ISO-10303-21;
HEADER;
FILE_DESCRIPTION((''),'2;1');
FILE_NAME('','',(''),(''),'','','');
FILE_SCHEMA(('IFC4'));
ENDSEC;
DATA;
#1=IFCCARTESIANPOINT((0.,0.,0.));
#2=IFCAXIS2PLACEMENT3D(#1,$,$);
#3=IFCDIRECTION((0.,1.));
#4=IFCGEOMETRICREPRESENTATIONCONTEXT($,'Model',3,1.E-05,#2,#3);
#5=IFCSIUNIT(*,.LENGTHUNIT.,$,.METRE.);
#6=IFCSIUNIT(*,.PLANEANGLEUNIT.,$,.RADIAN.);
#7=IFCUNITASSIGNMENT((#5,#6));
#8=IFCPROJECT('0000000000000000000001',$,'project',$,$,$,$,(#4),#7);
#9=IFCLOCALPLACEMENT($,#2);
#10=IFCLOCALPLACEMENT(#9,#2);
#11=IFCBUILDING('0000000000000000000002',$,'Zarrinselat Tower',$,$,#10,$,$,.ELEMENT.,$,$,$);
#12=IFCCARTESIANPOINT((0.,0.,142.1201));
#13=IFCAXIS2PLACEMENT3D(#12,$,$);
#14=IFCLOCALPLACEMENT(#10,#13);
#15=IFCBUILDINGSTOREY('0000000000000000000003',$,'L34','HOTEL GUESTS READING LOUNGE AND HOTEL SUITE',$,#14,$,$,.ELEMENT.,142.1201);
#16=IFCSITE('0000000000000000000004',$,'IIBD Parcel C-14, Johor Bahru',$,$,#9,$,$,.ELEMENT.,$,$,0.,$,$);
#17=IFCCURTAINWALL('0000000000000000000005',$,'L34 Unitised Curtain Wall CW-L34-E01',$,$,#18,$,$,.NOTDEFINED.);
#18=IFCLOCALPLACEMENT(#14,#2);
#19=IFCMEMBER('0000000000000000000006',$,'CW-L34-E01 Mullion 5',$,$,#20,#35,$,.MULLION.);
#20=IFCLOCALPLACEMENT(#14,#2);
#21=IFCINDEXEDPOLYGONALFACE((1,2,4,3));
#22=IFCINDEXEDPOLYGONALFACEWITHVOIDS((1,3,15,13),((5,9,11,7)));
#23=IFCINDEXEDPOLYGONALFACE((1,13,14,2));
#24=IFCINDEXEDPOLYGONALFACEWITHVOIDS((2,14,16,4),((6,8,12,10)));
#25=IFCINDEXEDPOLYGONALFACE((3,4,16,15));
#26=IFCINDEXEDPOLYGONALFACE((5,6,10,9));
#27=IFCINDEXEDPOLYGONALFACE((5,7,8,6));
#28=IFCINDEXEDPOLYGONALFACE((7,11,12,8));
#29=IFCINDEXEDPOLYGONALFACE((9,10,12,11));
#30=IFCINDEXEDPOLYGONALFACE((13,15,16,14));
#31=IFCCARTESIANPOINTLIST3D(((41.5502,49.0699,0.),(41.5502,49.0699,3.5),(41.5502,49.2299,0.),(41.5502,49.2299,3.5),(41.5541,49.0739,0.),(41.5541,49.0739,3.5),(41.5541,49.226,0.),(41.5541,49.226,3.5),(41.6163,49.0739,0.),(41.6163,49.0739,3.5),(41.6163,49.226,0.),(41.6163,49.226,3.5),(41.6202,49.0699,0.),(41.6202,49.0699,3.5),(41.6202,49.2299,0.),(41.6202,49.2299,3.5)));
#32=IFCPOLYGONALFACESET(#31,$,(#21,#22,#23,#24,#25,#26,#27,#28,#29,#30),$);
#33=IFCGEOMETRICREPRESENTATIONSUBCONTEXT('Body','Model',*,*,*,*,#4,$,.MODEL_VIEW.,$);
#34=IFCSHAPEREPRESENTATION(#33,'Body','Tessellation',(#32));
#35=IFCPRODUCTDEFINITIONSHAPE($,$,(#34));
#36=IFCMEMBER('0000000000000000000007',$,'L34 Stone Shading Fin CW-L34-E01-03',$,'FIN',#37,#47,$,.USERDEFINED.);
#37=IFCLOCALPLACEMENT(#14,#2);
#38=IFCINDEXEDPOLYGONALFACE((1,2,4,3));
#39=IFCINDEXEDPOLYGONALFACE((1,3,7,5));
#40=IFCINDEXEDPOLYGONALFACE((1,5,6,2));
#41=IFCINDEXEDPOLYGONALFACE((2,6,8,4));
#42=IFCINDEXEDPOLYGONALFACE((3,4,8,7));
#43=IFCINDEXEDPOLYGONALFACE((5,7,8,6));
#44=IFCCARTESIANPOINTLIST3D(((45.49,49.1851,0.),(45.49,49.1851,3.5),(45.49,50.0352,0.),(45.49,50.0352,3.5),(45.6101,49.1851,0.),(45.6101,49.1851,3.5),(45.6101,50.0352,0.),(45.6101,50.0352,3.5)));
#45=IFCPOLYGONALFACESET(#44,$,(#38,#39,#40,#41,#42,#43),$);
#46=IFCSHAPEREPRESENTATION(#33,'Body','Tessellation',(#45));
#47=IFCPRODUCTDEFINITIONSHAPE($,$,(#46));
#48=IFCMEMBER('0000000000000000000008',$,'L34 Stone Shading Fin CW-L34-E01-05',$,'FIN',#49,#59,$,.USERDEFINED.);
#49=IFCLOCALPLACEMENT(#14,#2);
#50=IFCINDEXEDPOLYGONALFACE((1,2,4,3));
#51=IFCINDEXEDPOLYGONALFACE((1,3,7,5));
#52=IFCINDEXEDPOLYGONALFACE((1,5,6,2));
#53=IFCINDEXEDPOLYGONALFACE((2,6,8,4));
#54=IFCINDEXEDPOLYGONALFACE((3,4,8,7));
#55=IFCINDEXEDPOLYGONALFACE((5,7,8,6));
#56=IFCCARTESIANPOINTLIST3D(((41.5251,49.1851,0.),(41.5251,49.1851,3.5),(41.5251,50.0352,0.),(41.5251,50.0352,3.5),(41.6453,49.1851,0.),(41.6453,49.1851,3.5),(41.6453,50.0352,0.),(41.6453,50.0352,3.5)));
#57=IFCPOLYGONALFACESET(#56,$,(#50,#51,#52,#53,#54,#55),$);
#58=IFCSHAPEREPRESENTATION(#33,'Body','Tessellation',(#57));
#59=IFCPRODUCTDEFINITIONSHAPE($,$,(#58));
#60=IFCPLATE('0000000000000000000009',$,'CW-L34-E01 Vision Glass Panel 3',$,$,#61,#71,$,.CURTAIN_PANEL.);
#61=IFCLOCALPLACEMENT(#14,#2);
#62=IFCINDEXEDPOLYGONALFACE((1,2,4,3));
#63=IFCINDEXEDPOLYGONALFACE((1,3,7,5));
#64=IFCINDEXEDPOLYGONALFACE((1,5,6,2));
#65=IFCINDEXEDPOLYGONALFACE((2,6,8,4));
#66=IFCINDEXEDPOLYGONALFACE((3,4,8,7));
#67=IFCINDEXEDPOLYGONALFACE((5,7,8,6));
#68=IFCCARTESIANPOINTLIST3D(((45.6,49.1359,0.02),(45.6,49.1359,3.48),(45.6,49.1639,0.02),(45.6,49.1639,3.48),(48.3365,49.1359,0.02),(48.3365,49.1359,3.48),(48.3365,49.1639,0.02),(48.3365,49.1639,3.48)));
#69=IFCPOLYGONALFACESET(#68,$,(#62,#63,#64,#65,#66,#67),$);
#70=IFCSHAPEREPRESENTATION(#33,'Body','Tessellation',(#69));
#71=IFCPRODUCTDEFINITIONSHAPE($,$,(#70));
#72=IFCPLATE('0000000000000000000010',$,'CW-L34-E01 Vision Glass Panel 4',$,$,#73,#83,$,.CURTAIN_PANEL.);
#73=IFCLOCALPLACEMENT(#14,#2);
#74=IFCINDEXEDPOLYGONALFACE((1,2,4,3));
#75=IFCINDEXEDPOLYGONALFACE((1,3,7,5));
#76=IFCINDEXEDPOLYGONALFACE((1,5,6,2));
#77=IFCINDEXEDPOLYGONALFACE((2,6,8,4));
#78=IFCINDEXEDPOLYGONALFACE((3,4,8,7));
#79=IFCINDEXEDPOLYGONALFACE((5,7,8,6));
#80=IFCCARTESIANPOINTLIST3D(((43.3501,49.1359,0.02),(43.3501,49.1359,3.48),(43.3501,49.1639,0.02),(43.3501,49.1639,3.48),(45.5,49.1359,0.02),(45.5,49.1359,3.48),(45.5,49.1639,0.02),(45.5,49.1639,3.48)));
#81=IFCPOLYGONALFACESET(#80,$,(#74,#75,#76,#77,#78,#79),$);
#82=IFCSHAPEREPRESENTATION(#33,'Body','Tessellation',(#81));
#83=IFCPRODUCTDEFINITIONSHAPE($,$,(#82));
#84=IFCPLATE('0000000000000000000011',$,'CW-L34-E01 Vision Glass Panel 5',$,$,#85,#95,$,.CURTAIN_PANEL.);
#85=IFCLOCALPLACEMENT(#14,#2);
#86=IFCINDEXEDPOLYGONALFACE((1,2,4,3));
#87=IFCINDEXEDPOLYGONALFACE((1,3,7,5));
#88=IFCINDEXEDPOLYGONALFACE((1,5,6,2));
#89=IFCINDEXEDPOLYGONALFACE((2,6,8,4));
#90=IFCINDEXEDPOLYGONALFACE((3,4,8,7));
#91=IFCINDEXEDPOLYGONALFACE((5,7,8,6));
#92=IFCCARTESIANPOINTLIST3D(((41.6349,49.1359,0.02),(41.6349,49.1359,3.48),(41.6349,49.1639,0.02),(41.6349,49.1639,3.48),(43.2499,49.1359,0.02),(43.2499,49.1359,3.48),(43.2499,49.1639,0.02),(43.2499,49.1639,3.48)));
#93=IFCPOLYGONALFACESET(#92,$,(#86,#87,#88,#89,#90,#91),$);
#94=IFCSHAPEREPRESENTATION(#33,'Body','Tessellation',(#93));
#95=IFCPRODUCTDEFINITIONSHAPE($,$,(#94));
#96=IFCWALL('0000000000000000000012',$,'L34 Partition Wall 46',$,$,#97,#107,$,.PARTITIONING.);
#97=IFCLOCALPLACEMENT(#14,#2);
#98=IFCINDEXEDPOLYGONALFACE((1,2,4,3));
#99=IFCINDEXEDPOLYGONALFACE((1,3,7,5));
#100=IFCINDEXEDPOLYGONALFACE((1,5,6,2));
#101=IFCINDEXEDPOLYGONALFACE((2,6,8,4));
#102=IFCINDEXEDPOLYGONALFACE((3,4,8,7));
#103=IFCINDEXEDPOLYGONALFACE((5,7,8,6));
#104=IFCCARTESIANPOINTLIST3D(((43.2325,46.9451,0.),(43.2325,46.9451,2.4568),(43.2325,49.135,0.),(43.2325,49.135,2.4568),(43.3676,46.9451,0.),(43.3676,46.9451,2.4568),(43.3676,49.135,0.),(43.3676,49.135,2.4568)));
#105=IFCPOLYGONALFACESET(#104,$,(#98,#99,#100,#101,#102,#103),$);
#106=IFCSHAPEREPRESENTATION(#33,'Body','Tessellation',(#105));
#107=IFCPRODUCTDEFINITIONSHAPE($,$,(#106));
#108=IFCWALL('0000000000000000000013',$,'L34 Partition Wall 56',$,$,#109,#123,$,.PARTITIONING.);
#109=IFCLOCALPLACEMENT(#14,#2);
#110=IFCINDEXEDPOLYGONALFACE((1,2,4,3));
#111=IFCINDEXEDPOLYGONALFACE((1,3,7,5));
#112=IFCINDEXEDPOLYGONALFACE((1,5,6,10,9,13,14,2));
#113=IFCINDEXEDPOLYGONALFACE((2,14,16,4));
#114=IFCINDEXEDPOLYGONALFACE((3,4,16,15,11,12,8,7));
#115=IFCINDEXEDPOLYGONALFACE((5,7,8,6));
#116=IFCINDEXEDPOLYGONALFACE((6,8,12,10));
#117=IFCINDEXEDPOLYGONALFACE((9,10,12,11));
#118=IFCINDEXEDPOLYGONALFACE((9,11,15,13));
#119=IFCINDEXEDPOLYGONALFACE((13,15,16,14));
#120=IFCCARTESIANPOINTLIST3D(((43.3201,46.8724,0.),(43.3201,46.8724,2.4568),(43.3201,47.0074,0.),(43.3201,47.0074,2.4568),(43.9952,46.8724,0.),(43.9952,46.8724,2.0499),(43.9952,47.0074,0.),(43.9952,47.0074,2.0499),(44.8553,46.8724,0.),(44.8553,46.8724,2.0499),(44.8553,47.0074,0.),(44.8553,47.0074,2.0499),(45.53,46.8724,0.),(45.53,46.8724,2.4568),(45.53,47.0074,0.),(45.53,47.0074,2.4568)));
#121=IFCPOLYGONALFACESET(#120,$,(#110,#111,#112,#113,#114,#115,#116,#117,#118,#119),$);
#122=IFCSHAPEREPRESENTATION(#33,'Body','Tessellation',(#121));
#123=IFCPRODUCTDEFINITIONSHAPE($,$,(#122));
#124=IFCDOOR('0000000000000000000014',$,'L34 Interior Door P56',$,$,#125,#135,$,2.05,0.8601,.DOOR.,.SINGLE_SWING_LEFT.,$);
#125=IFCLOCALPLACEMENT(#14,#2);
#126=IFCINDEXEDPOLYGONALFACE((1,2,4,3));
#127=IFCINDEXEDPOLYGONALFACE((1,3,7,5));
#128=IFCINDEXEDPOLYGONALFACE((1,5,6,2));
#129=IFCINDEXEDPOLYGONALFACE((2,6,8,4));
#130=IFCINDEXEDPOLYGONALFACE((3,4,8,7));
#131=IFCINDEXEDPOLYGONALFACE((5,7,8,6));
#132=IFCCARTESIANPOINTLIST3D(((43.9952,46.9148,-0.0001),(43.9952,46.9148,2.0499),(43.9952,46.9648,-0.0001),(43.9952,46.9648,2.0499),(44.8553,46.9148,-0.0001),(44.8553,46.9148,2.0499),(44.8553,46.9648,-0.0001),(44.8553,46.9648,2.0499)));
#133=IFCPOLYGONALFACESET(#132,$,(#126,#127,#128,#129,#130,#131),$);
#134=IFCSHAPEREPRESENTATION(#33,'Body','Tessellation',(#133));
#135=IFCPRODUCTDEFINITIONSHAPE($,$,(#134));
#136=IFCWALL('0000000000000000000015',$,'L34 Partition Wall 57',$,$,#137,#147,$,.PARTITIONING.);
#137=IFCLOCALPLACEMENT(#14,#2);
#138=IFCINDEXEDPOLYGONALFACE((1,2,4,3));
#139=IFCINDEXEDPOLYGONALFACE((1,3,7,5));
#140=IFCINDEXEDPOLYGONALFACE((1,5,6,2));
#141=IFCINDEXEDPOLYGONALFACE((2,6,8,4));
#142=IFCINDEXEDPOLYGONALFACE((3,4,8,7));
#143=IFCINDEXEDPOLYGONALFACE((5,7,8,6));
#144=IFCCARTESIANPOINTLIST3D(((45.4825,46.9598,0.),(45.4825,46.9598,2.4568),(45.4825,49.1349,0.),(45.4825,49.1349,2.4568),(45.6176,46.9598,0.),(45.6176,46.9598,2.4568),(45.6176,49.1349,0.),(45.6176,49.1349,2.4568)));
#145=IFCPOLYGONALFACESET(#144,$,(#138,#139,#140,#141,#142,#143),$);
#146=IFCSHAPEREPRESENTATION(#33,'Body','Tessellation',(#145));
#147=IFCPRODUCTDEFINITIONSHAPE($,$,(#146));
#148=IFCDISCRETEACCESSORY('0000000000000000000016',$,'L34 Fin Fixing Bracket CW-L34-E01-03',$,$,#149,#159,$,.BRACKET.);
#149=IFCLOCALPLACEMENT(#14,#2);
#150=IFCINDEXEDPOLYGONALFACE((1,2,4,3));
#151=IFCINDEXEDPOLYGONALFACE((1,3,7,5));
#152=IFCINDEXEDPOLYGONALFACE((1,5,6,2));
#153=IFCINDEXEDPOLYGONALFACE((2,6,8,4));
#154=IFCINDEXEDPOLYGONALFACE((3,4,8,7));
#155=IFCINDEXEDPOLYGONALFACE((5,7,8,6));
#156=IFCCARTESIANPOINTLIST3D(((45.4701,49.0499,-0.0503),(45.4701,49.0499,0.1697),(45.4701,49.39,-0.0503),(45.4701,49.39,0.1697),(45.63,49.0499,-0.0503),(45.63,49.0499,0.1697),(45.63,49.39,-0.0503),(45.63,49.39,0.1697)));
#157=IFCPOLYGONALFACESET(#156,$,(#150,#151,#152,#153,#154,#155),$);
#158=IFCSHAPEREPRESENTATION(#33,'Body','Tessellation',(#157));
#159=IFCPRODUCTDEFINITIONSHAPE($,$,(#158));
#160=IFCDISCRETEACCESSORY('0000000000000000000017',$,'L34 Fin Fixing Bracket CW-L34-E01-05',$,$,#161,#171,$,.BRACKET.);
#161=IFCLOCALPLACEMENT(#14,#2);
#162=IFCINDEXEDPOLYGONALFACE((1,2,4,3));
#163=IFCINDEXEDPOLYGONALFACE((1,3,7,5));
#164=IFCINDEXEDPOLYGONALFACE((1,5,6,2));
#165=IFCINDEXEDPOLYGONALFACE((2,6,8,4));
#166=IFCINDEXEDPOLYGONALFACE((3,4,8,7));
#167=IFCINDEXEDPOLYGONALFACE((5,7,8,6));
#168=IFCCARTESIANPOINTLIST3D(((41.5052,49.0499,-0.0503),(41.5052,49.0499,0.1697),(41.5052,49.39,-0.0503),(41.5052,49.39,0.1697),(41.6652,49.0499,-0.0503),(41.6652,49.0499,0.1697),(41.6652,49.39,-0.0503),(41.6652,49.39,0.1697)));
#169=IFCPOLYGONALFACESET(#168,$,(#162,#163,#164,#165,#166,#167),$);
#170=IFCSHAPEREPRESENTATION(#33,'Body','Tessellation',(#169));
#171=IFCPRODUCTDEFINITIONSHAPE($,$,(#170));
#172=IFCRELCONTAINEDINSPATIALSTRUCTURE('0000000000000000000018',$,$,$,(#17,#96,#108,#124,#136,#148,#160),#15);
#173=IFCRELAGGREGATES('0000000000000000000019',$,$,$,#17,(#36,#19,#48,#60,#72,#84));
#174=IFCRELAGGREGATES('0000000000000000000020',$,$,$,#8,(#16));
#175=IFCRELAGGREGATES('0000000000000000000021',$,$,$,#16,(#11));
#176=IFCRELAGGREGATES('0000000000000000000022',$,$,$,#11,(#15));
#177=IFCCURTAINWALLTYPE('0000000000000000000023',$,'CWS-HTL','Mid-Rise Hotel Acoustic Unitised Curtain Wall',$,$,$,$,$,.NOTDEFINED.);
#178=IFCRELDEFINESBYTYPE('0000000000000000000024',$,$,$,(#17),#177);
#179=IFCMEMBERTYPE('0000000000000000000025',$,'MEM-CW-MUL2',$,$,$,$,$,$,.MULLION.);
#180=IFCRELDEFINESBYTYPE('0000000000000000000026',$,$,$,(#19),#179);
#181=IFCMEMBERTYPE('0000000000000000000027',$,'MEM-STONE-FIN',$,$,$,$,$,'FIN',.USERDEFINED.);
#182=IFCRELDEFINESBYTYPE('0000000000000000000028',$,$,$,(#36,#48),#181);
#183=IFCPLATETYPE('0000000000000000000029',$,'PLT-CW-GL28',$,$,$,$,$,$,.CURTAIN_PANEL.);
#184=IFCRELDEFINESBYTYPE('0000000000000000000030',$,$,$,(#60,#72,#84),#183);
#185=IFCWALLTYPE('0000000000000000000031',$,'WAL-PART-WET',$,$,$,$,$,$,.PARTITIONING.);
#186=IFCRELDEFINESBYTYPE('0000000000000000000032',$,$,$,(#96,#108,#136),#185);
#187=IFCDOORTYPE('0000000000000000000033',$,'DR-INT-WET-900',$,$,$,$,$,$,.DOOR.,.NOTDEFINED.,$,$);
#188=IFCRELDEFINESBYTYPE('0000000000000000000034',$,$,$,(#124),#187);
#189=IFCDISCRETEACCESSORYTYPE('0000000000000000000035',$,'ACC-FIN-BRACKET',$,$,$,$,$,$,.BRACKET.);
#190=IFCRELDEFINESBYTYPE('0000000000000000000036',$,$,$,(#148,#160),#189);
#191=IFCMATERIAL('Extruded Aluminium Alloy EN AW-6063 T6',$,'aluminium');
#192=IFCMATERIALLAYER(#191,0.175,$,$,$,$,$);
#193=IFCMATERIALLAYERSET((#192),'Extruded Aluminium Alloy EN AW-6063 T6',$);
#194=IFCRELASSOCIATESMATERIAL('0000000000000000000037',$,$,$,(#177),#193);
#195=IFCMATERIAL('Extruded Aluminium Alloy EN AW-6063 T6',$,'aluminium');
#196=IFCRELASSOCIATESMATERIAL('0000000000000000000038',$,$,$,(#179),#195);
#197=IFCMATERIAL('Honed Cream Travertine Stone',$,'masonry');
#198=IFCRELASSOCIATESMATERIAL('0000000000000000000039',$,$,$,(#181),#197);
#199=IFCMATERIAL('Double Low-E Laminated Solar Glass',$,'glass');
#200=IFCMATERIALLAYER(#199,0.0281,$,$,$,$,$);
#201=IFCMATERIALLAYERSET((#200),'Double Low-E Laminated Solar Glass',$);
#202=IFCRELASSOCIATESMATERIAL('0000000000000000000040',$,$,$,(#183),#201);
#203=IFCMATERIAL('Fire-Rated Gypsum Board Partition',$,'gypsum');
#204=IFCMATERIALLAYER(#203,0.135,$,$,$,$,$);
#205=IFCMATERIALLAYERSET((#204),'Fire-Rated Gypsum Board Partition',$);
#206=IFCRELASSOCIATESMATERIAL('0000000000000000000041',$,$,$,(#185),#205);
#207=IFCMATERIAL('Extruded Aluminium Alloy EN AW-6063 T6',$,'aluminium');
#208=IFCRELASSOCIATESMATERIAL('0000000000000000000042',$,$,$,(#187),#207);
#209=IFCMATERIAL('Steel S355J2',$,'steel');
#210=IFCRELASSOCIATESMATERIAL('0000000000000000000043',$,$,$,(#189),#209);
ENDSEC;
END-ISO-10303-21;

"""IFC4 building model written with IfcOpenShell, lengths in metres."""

from ifc_helpers import new_model, si_unit, direction, frame, frame_2d, origin, origin_2d, place, context, subcontext, project, spatial, rectangle, hollow_rectangle, extrude, material, layer, layer_set, material_profile, profile_set, type_object, element, fill, aggregate, save


model = new_model("IFC4")

# Units and contexts
model_context = context("Model", 3, precision=1e-05, world=origin(), true_north=direction((0.0, 1.0)))
body_context = subcontext(model_context, "Body", "Model", "MODEL_VIEW")
ifc_project = project(units=[si_unit("LENGTHUNIT", "METRE"), si_unit("PLANEANGLEUNIT", "RADIAN")], contexts=[model_context])

# Site, building, storey
site_placement = place(None, origin())
site = spatial("IfcSite", under=ifc_project, at=site_placement, Name="IIBD Parcel C-14, Johor Bahru", CompositionType="ELEMENT", RefElevation=0.0)
building_placement = place(site_placement, origin())
building = spatial("IfcBuilding", under=site, at=building_placement, Name="Zarrinselat Tower", CompositionType="ELEMENT")
storey_placement = place(building_placement, frame((0.0, 0.0, 142.1201)))
storey = spatial("IfcBuildingStorey", under=building, at=storey_placement, Name="L34", Description="HOTEL GUESTS READING LOUNGE AND HOTEL SUITE", CompositionType="ELEMENT", Elevation=142.1201)

# Curtain wall, members, plates
ifc_material_1 = material(Name="Extruded Aluminium Alloy EN AW-6063 T6", Category="aluminium")
ifc_layer_1 = layer(ifc_material_1, 0.175)
ifc_layer_set_1 = layer_set([ifc_layer_1], Name="Extruded Aluminium Alloy EN AW-6063 T6")
curtain_wall_type = type_object("IfcCurtainWallType", Name="CWS-HTL", Description="Mid-Rise Hotel Acoustic Unitised Curtain Wall", PredefinedType="NOTDEFINED", material=ifc_layer_set_1)
curtain_wall_placement = place(storey_placement, origin())
curtain_wall = element("IfcCurtainWall", 1, at=curtain_wall_placement, inside=storey, type_object=curtain_wall_type, Name="L34 Unitised Curtain Wall CW-L34-E01", PredefinedType="NOTDEFINED")
ifc_material_2 = material(Name="Extruded Aluminium Alloy EN AW-6063 T6", Category="aluminium")
ifc_material_profile_1 = material_profile(ifc_material_2, hollow_rectangle(XDim=0.0701, YDim=0.1599, WallThickness=0.0039, at=origin_2d()), Name="RHS 160x70x4")
ifc_profile_set_1 = profile_set([ifc_material_profile_1], Name="Extruded Aluminium Alloy EN AW-6063 T6")
member_type_1 = type_object("IfcMemberType", Name="MEM-CW-MUL2", PredefinedType="MULLION", material=ifc_profile_set_1)
member_1_placement = place(storey_placement, frame((41.5852, 49.1499, 0.0), z_axis=(0.0, 0.0, 1.0), x_axis=(-1.0, 0.0, 0.0)))
member_1 = element("IfcMember", 2, at=member_1_placement, type_object=member_type_1, Name="CW-L34-E01 Mullion 5", PredefinedType="MULLION", context=body_context, shape_type="SweptSolid", body=[
    extrude(hollow_rectangle(XDim=0.0701, YDim=0.1599, WallThickness=0.0039, at=origin_2d()), origin(), (0.0, 0.0, 1.0), 3.5),
])
ifc_material_3 = material(Name="Honed Cream Travertine Stone", Category="masonry")
ifc_material_profile_2 = material_profile(ifc_material_3, rectangle(XDim=0.1201, YDim=0.8501, at=origin_2d()), Name="FIN 850x120")
ifc_profile_set_2 = profile_set([ifc_material_profile_2], Name="Honed Cream Travertine Stone")
member_type_2 = type_object("IfcMemberType", Name="MEM-STONE-FIN", ElementType="FIN", PredefinedType="USERDEFINED", material=ifc_profile_set_2)
member_2_placement = place(storey_placement, frame((45.55, 49.6101, 0.0), z_axis=(0.0, 0.0, 1.0), x_axis=(1.0, 0.0, 0.0)))
member_2 = element("IfcMember", 3, at=member_2_placement, type_object=member_type_2, Name="L34 Stone Shading Fin CW-L34-E01-03", ObjectType="FIN", PredefinedType="USERDEFINED", context=body_context, shape_type="SweptSolid", body=[
    extrude(rectangle(XDim=0.1201, YDim=0.8501, at=origin_2d()), origin(), (0.0, 0.0, 1.0), 3.5),
])
member_3_placement = place(storey_placement, frame((41.5852, 49.6101, 0.0), z_axis=(0.0, 0.0, 1.0), x_axis=(1.0, 0.0, 0.0)))
member_3 = element("IfcMember", 4, at=member_3_placement, type_object=member_type_2, Name="L34 Stone Shading Fin CW-L34-E01-05", ObjectType="FIN", PredefinedType="USERDEFINED", context=body_context, shape_type="SweptSolid", body=[
    extrude(rectangle(XDim=0.1201, YDim=0.8501, at=origin_2d()), origin(), (0.0, 0.0, 1.0), 3.5),
])
ifc_material_4 = material(Name="Double Low-E Laminated Solar Glass", Category="glass")
ifc_layer_2 = layer(ifc_material_4, 0.0281)
ifc_layer_set_2 = layer_set([ifc_layer_2], Name="Double Low-E Laminated Solar Glass")
plate_type = type_object("IfcPlateType", Name="PLT-CW-GL28", PredefinedType="CURTAIN_PANEL", material=ifc_layer_set_2)
plate_1_placement = place(storey_placement, frame((46.9683, 49.1499, 0.02), z_axis=(0.0, 0.0, 1.0), x_axis=(-1.0, 0.0, 0.0)))
plate_1 = element("IfcPlate", 5, at=plate_1_placement, type_object=plate_type, Name="CW-L34-E01 Vision Glass Panel 3", PredefinedType="CURTAIN_PANEL", context=body_context, shape_type="SweptSolid", body=[
    extrude(rectangle(XDim=2.7366, YDim=0.0281, at=origin_2d()), origin(), (0.0, 0.0, 1.0), 3.46),
])
plate_2_placement = place(storey_placement, frame((44.425, 49.1499, 0.02), z_axis=(0.0, 0.0, 1.0), x_axis=(-1.0, 0.0, 0.0)))
plate_2 = element("IfcPlate", 6, at=plate_2_placement, type_object=plate_type, Name="CW-L34-E01 Vision Glass Panel 4", PredefinedType="CURTAIN_PANEL", context=body_context, shape_type="SweptSolid", body=[
    extrude(rectangle(XDim=2.1499, YDim=0.0281, at=origin_2d()), origin(), (0.0, 0.0, 1.0), 3.46),
])
plate_3_placement = place(storey_placement, frame((42.4424, 49.1499, 0.02), z_axis=(0.0, 0.0, 1.0), x_axis=(-1.0, 0.0, 0.0)))
plate_3 = element("IfcPlate", 7, at=plate_3_placement, type_object=plate_type, Name="CW-L34-E01 Vision Glass Panel 5", PredefinedType="CURTAIN_PANEL", context=body_context, shape_type="SweptSolid", body=[
    extrude(rectangle(XDim=1.615, YDim=0.0281, at=origin_2d()), origin(), (0.0, 0.0, 1.0), 3.46),
])
aggregate(curtain_wall, [member_2, member_1, member_3, plate_1, plate_2, plate_3])

# Wall
ifc_material_5 = material(Name="Fire-Rated Gypsum Board Partition", Category="gypsum")
ifc_layer_3 = layer(ifc_material_5, 0.135)
ifc_layer_set_3 = layer_set([ifc_layer_3], Name="Fire-Rated Gypsum Board Partition")
wall_type = type_object("IfcWallType", Name="WAL-PART-WET", PredefinedType="PARTITIONING", material=ifc_layer_set_3)
wall_1_placement = place(storey_placement, frame((43.3, 46.9451, 0.0), z_axis=(0.0, 0.0, 1.0), x_axis=(0.0, 1.0, 0.0)))
element("IfcWall", 8, at=wall_1_placement, inside=storey, type_object=wall_type, Name="L34 Partition Wall 46", PredefinedType="PARTITIONING", context=body_context, shape_type="SweptSolid", body=[
    extrude(rectangle(XDim=2.1899, YDim=0.135, at=frame_2d((1.095, 0.0))), origin(), (0.0, 0.0, 1.0), 2.4568),
])

# Wall, opening, door
wall_2_placement = place(storey_placement, frame((43.3201, 46.9399, 0.0), z_axis=(0.0, 0.0, 1.0), x_axis=(1.0, 0.0, 0.0)))
wall_2 = element("IfcWall", 9, at=wall_2_placement, inside=storey, type_object=wall_type, Name="L34 Partition Wall 56", PredefinedType="PARTITIONING", context=body_context, shape_type="SweptSolid", body=[
    extrude(rectangle(XDim=2.21, YDim=0.135, at=frame_2d((1.105, 0.0))), origin(), (0.0, 0.0, 1.0), 2.4568),
])
opening_placement = place(wall_2_placement, frame((0.675, 0.0, 0.0)))
opening = element("IfcOpeningElement", 10, at=opening_placement, cuts=wall_2, PredefinedType="OPENING", context=body_context, shape_type="SweptSolid", body=[
    extrude(rectangle(XDim=0.8601, YDim=2.05, at=frame_2d((0.4302, 1.0249))), frame((0.0, 0.0774, 0.0), z_axis=(0.0, -1.0, 0.0), x_axis=(1.0, 0.0, 0.0)), (0.0, 0.0, 1.0), 0.155),
])
ifc_material_6 = material(Name="Extruded Aluminium Alloy EN AW-6063 T6", Category="aluminium")
door_type = type_object("IfcDoorType", Name="DR-INT-WET-900", OperationType="NOTDEFINED", PredefinedType="DOOR", material=ifc_material_6)
door_placement = place(opening_placement, origin())
door = element("IfcDoor", 11, at=door_placement, inside=storey, type_object=door_type, Name="L34 Interior Door P56", OperationType="SINGLE_SWING_LEFT", OverallHeight=2.05, OverallWidth=0.8601, PredefinedType="DOOR", context=body_context, shape_type="SweptSolid", body=[
    extrude(rectangle(XDim=0.8601, YDim=2.05, at=frame_2d((0.4302, 1.0249))), frame((0.0, 0.0249, 0.0), z_axis=(0.0, -1.0, 0.0), x_axis=(1.0, 0.0, 0.0)), (0.0, 0.0, 1.0), 0.05),
])
fill(opening, door)

# Wall
wall_3_placement = place(storey_placement, frame((45.55, 46.96, 0.0), z_axis=(0.0, 0.0, 1.0), x_axis=(0.0, 1.0, 0.0)))
element("IfcWall", 12, at=wall_3_placement, inside=storey, type_object=wall_type, Name="L34 Partition Wall 57", PredefinedType="PARTITIONING", context=body_context, shape_type="SweptSolid", body=[
    extrude(rectangle(XDim=2.175, YDim=0.135, at=frame_2d((1.0874, 0.0))), origin(), (0.0, 0.0, 1.0), 2.4568),
])

# Discrete accessories
ifc_material_7 = material(Name="Steel S355J2", Category="steel")
discrete_accessory_type = type_object("IfcDiscreteAccessoryType", Name="ACC-FIN-BRACKET", PredefinedType="BRACKET", material=ifc_material_7)
for number, where, z_axis, x_axis, name in (
    (13, (45.55, 49.22, -0.0503), (0.0, 0.0, 1.0), (0.0, 1.0, 0.0), "L34 Fin Fixing Bracket CW-L34-E01-03"),
    (14, (41.5852, 49.22, -0.0503), (0.0, 0.0, 1.0), (0.0, 1.0, 0.0), "L34 Fin Fixing Bracket CW-L34-E01-05"),
):
    element("IfcDiscreteAccessory", number, at=place(storey_placement, frame(where, z_axis=z_axis, x_axis=x_axis)), inside=storey, type_object=discrete_accessory_type, Name=name, PredefinedType="BRACKET", context=body_context, shape_type="SweptSolid", body=[
        extrude(rectangle(XDim=0.3401, YDim=0.1599, at=origin_2d()), origin(), (0.0, 0.0, 1.0), 0.22),
    ])

save(model, "model.ifc")
